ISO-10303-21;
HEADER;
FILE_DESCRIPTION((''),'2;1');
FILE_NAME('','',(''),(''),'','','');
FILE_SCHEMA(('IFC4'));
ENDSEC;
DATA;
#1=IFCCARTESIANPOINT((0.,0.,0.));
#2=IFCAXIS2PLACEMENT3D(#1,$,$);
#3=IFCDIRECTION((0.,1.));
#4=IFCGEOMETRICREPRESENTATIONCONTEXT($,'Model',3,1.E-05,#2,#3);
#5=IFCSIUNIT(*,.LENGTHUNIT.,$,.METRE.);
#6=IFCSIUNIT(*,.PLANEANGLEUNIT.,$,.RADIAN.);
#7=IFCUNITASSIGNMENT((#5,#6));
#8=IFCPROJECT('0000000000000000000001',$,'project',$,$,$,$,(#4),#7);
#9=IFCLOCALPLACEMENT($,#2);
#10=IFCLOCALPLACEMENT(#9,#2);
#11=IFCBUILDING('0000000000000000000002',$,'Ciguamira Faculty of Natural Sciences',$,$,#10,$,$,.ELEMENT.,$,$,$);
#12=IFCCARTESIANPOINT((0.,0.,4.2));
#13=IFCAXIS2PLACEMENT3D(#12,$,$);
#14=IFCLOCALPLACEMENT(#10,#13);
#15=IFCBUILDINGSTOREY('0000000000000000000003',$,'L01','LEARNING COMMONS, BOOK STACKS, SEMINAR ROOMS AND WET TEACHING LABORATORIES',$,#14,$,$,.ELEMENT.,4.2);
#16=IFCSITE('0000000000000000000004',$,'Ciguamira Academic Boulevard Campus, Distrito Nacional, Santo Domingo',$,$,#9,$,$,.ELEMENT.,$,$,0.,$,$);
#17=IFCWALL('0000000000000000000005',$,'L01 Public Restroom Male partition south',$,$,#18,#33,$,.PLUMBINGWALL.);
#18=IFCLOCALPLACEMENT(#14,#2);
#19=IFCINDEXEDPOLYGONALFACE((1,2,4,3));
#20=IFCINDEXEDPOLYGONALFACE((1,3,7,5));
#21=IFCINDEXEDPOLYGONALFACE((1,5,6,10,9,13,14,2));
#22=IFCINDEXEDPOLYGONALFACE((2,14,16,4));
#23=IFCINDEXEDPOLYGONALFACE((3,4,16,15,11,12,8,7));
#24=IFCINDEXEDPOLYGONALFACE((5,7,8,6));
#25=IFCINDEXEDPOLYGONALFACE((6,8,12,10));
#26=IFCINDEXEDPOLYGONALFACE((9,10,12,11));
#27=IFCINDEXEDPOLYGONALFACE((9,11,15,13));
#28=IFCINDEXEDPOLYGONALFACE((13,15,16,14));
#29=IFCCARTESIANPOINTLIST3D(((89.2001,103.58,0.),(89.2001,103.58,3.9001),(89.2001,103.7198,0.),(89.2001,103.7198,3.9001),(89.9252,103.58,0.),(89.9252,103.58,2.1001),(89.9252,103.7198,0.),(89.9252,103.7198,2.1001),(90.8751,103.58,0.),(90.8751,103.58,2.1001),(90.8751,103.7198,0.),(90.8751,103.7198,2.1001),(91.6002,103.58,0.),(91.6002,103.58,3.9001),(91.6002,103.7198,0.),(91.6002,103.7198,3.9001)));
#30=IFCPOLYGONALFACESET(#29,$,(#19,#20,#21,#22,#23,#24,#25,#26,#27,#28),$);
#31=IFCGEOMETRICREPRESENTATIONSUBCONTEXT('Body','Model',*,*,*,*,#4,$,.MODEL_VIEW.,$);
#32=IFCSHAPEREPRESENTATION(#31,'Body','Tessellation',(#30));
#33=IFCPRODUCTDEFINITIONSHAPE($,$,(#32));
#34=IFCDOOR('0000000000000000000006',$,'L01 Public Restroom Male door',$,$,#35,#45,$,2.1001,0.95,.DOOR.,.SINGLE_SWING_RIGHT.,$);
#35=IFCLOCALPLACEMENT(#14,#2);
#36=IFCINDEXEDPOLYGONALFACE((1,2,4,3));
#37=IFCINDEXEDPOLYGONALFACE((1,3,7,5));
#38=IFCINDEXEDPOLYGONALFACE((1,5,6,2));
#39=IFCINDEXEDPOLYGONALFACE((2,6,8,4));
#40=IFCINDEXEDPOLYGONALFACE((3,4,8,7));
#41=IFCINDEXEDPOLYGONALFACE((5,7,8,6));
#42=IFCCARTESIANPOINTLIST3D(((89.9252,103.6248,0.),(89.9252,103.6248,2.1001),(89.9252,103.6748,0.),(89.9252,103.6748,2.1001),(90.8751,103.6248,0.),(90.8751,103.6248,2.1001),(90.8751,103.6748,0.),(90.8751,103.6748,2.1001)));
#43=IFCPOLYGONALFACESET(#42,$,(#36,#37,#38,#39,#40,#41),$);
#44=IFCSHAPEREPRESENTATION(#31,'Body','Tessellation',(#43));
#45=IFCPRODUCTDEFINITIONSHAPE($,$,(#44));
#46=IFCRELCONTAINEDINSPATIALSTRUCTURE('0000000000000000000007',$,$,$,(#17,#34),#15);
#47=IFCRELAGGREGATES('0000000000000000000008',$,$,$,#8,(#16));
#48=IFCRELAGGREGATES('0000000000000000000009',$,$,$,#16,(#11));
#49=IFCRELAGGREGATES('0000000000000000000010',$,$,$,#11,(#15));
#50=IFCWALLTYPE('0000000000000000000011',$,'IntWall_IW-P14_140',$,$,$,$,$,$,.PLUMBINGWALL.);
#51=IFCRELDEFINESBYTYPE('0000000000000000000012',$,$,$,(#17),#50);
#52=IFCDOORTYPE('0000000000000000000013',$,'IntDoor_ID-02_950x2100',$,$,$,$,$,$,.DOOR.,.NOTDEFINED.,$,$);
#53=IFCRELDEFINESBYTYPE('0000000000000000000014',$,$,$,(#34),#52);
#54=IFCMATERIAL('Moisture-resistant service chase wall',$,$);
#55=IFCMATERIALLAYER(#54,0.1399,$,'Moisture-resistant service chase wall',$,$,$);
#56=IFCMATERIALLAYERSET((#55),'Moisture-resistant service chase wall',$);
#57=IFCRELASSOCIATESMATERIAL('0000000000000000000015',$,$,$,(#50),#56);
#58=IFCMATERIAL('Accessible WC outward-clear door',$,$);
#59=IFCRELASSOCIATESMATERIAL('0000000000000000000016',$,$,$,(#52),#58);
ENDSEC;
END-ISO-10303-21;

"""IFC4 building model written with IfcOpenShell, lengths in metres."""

from ifc_helpers import new_model, si_unit, direction, frame, frame_2d, origin, place, context, subcontext, project, spatial, rectangle, extrude, material, layer, layer_set, type_object, element, fill, save


model = new_model("IFC4")

# Units and contexts
model_context = context("Model", 3, precision=1e-05, world=origin(), true_north=direction((0.0, 1.0)))
body_context = subcontext(model_context, "Body", "Model", "MODEL_VIEW")
ifc_project = project(units=[si_unit("LENGTHUNIT", "METRE"), si_unit("PLANEANGLEUNIT", "RADIAN")], contexts=[model_context])

# Site, building, storey
site_placement = place(None, origin())
site = spatial("IfcSite", under=ifc_project, at=site_placement, Name="Ciguamira Academic Boulevard Campus, Distrito Nacional, Santo Domingo", CompositionType="ELEMENT", RefElevation=0.0)
building_placement = place(site_placement, origin())
building = spatial("IfcBuilding", under=site, at=building_placement, Name="Ciguamira Faculty of Natural Sciences", CompositionType="ELEMENT")
storey_placement = place(building_placement, frame((0.0, 0.0, 4.2)))
storey = spatial("IfcBuildingStorey", under=building, at=storey_placement, Name="L01", Description="LEARNING COMMONS, BOOK STACKS, SEMINAR ROOMS AND WET TEACHING LABORATORIES", CompositionType="ELEMENT", Elevation=4.2)

# Shared definitions
ifc_material_1 = material(Name="Moisture-resistant service chase wall")
ifc_layer_1 = layer(ifc_material_1, 0.1399, Name="Moisture-resistant service chase wall")
ifc_layer_set_1 = layer_set([ifc_layer_1], Name="Moisture-resistant service chase wall")
wall_type_1 = type_object("IfcWallType", Name="IntWall_IW-P14_140", PredefinedType="PLUMBINGWALL", material=ifc_layer_set_1)
ifc_material_2 = material(Name="Accessible WC outward-clear door")
door_type_1 = type_object("IfcDoorType", Name="IntDoor_ID-02_950x2100", OperationType="NOTDEFINED", PredefinedType="DOOR", material=ifc_material_2)

# Wall, opening, door
wall_1_placement = place(storey_placement, frame((89.2, 103.6499, 0.0), z_axis=(0.0, 0.0, 1.0), x_axis=(1.0, 0.0, 0.0)))
wall_1 = element("IfcWall", 1, at=wall_1_placement, inside=storey, type_object=wall_type_1, Name="L01 Public Restroom Male partition south", PredefinedType="PLUMBINGWALL", context=body_context, shape_type="SweptSolid", body=[
    extrude(rectangle(XDim=2.4001, YDim=0.1399, at=frame_2d((1.2002, 0.0))), origin(), (0.0, 0.0, 1.0), 3.9001),
])
opening_1_placement = place(wall_1_placement, frame((0.7251, 0.0, 0.0)))
opening_1 = element("IfcOpeningElement", 2, at=opening_1_placement, cuts=wall_1, PredefinedType="OPENING", context=body_context, shape_type="SweptSolid", body=[
    extrude(rectangle(XDim=0.95, YDim=2.1001, at=frame_2d((0.4751, 1.05))), frame((0.0, 0.0798, 0.0), z_axis=(0.0, -1.0, 0.0), x_axis=(1.0, 0.0, 0.0)), (0.0, 0.0, 1.0), 0.1599),
])
door_1_placement = place(opening_1_placement, origin())
door_1 = element("IfcDoor", 3, at=door_1_placement, inside=storey, type_object=door_type_1, Name="L01 Public Restroom Male door", OperationType="SINGLE_SWING_RIGHT", OverallHeight=2.1001, OverallWidth=0.95, PredefinedType="DOOR", context=body_context, shape_type="SweptSolid", body=[
    extrude(rectangle(XDim=0.95, YDim=2.1001, at=frame_2d((0.4751, 1.05))), frame((0.0, 0.0249, 0.0), z_axis=(0.0, -1.0, 0.0), x_axis=(1.0, 0.0, 0.0)), (0.0, 0.0, 1.0), 0.05),
])
fill(opening_1, door_1)

save(model, "model.ifc")
